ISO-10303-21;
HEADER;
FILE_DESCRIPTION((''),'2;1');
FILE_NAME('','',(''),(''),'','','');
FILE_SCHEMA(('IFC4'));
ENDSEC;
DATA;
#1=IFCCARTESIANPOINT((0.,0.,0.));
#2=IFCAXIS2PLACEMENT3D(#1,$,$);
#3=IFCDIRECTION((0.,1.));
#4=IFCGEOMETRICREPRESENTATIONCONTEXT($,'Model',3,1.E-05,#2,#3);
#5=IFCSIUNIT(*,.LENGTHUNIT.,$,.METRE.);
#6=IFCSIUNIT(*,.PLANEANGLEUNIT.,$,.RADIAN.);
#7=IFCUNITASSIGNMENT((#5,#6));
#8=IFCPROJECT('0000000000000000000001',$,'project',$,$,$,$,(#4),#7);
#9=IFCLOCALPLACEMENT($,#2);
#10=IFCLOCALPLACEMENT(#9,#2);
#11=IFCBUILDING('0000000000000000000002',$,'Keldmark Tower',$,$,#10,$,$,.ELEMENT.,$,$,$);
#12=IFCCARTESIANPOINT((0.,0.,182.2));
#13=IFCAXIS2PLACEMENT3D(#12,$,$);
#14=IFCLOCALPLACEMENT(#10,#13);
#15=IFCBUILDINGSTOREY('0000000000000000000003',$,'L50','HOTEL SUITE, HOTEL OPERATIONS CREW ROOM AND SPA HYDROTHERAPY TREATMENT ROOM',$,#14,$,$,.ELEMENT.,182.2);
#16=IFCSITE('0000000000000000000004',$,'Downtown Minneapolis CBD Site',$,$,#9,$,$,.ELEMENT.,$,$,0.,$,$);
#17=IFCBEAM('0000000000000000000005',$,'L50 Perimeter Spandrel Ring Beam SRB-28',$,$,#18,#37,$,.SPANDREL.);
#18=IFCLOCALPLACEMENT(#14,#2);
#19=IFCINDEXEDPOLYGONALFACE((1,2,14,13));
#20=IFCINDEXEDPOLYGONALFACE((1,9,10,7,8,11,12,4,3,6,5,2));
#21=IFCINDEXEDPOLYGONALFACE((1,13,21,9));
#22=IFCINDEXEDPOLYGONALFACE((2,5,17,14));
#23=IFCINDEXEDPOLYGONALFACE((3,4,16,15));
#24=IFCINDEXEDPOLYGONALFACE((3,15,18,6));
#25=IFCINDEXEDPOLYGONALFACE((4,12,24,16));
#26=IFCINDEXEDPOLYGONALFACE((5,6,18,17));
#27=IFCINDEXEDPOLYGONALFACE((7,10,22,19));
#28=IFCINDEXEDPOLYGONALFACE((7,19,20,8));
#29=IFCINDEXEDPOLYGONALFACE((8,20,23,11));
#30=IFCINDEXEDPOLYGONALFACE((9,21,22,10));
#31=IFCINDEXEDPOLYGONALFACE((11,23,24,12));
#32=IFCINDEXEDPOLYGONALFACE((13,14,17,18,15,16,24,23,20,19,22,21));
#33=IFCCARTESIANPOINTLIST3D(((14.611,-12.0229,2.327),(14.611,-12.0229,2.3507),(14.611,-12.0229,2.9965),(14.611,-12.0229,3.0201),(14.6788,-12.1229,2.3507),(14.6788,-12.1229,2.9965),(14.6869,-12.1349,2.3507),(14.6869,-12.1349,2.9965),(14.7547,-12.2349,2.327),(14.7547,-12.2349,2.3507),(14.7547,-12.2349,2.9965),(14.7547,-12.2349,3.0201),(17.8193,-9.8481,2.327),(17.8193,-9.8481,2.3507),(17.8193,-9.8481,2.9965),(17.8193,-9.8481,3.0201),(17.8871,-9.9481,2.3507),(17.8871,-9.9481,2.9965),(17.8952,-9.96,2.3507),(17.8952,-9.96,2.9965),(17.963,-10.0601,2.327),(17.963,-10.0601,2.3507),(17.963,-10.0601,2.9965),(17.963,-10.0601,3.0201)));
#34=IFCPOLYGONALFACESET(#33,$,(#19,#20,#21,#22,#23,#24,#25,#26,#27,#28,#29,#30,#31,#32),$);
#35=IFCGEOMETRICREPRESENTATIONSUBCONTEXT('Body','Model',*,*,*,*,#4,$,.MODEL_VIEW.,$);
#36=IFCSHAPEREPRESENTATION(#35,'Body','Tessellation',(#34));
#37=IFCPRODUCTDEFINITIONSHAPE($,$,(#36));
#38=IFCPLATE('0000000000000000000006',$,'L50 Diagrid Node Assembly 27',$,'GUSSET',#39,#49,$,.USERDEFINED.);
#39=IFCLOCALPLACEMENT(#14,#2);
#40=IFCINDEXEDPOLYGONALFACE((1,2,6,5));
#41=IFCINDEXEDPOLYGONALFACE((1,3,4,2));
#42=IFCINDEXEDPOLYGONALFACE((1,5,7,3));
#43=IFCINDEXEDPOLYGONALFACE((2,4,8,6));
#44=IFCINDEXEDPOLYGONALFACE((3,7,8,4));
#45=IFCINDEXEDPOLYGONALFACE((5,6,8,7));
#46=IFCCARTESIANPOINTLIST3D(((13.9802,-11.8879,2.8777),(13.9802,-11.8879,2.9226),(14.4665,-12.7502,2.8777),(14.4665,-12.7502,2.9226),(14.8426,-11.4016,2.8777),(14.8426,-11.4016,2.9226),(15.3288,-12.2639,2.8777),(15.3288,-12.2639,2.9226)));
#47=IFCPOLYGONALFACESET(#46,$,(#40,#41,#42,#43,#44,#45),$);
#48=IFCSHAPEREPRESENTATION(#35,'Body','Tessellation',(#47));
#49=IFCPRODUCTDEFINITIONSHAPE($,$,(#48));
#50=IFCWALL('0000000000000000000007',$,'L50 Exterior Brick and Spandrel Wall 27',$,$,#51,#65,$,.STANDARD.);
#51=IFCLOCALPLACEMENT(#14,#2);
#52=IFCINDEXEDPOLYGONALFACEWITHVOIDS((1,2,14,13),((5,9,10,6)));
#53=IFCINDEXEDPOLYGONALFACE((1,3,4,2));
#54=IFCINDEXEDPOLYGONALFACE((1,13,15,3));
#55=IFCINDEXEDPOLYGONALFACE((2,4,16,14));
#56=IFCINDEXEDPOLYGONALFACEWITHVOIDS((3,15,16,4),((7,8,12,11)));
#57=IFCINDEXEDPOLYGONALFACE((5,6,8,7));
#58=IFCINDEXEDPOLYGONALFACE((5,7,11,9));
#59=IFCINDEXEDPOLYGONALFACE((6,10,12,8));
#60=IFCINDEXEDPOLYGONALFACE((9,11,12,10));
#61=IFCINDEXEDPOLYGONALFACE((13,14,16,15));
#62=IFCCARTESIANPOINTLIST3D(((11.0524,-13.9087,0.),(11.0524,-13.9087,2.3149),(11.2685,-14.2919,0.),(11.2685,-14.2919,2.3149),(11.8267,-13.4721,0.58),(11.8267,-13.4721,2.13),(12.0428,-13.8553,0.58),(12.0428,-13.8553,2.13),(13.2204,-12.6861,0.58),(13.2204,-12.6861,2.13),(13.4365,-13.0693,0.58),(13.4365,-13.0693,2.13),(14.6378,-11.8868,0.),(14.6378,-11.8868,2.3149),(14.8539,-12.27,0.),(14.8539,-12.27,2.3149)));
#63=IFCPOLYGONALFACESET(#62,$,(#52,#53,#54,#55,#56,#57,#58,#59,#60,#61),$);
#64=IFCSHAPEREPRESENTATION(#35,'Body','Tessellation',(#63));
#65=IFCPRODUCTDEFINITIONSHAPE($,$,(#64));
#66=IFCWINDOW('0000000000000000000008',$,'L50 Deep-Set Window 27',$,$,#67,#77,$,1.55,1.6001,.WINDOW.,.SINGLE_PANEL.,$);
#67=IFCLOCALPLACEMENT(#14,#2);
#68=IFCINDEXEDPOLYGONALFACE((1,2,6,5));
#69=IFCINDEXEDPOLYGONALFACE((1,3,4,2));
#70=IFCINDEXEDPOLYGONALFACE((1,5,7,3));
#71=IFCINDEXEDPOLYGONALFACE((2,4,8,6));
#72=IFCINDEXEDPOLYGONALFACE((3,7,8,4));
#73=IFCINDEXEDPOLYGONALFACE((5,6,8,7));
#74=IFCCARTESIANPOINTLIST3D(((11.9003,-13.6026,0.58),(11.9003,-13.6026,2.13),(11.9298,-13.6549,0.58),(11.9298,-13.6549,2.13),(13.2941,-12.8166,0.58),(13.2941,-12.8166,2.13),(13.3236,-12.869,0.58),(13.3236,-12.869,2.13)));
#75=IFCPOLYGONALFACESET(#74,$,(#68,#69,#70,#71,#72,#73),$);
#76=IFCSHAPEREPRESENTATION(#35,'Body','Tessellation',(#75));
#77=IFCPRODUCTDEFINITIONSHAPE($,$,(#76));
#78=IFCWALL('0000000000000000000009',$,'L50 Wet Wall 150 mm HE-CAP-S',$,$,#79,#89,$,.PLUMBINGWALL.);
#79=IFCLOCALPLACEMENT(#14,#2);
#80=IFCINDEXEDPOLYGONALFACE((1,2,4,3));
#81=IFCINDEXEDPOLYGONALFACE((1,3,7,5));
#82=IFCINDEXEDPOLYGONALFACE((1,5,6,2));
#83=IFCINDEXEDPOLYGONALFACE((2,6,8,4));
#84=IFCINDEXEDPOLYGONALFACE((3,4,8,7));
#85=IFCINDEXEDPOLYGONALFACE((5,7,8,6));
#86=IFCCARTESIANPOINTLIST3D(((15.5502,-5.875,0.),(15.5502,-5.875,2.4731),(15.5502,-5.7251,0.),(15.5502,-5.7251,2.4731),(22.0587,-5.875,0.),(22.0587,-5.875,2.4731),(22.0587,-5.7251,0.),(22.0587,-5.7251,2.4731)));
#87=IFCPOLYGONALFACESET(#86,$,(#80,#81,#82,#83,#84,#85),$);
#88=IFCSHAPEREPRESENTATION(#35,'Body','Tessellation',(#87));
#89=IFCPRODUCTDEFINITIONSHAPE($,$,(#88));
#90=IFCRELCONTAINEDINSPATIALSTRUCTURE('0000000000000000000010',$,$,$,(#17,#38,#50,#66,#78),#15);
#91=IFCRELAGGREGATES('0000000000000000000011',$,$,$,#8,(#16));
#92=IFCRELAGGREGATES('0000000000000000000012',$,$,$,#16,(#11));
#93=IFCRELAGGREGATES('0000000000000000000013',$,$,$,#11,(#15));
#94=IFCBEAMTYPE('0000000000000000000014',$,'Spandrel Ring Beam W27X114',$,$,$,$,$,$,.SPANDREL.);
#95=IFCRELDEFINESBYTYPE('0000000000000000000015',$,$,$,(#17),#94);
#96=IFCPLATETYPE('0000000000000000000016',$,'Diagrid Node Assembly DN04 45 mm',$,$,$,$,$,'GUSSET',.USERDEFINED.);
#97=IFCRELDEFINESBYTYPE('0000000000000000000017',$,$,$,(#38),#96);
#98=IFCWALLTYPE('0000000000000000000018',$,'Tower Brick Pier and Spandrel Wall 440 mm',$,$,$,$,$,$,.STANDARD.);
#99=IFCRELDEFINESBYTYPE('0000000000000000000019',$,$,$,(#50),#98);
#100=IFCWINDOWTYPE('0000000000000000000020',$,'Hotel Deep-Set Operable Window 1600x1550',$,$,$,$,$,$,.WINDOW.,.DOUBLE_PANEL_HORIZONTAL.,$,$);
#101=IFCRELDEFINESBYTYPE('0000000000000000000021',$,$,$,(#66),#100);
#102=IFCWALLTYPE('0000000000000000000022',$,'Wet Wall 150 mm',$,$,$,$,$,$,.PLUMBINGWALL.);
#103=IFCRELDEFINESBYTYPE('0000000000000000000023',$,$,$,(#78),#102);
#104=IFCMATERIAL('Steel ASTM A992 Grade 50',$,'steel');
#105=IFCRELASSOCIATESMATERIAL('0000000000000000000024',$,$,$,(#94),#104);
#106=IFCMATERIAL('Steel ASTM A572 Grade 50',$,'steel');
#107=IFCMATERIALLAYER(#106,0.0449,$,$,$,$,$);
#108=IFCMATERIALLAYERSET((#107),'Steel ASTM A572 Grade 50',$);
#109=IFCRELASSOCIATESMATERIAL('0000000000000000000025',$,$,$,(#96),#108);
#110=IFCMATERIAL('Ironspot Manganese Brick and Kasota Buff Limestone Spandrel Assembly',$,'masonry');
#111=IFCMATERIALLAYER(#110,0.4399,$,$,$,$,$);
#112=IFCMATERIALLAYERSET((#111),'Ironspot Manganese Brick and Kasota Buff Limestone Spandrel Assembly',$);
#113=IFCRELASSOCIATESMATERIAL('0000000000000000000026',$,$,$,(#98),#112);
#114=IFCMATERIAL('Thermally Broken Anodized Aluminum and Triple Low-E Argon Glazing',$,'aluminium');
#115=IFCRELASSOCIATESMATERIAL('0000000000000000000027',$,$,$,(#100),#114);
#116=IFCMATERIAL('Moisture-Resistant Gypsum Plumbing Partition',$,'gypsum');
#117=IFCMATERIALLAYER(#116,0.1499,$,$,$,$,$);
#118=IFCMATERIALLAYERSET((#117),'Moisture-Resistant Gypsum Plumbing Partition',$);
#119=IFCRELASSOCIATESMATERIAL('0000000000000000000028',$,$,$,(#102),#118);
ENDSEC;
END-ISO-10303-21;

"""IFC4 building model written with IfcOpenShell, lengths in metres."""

from ifc_helpers import new_model, si_unit, direction, frame, frame_2d, origin, origin_2d, place, context, subcontext, project, spatial, rectangle, i_section, extrude, material, layer, layer_set, material_profile, profile_set, type_object, element, fill, save


model = new_model("IFC4")

# Units and contexts
model_context = context("Model", 3, precision=1e-05, world=origin(), true_north=direction((0.0, 1.0)))
body_context = subcontext(model_context, "Body", "Model", "MODEL_VIEW")
ifc_project = project(units=[si_unit("LENGTHUNIT", "METRE"), si_unit("PLANEANGLEUNIT", "RADIAN")], contexts=[model_context])

# Site, building, storey
site_placement = place(None, origin())
site = spatial("IfcSite", under=ifc_project, at=site_placement, Name="Downtown Minneapolis CBD Site", CompositionType="ELEMENT", RefElevation=0.0)
building_placement = place(site_placement, origin())
building = spatial("IfcBuilding", under=site, at=building_placement, Name="Keldmark Tower", CompositionType="ELEMENT")
storey_placement = place(building_placement, frame((0.0, 0.0, 182.2)))
storey = spatial("IfcBuildingStorey", under=building, at=storey_placement, Name="L50", Description="HOTEL SUITE, HOTEL OPERATIONS CREW ROOM AND SPA HYDROTHERAPY TREATMENT ROOM", CompositionType="ELEMENT", Elevation=182.2)

# Beam
ifc_material_1 = material(Name="Steel ASTM A992 Grade 50", Category="steel")
ifc_material_profile_1 = material_profile(ifc_material_1, i_section(OverallWidth=0.2561, OverallDepth=0.6931, WebThickness=0.0144, FlangeThickness=0.0237, at=origin_2d()), Name="W27X114")
ifc_profile_set_1 = profile_set([ifc_material_profile_1], Name="Steel ASTM A992 Grade 50")
beam_type_1 = type_object("IfcBeamType", Name="Spandrel Ring Beam W27X114", PredefinedType="SPANDREL", material=ifc_profile_set_1)
beam_1_placement = place(storey_placement, frame((14.6829, -12.1289, 2.6736), z_axis=(0.827742, 0.561109, 0.0), x_axis=(-0.561109, 0.827742, 0.0)))
element("IfcBeam", 1, at=beam_1_placement, inside=storey, type_object=beam_type_1, Name="L50 Perimeter Spandrel Ring Beam SRB-28", PredefinedType="SPANDREL", context=body_context, shape_type="SweptSolid", body=[
    extrude(i_section(OverallWidth=0.2561, OverallDepth=0.6931, WebThickness=0.0144, FlangeThickness=0.0237, at=origin_2d()), origin(), (0.0, 0.0, 1.0), 3.876),
])

# Plate
ifc_material_2 = material(Name="Steel ASTM A572 Grade 50", Category="steel")
ifc_layer_1 = layer(ifc_material_2, 0.0449)
ifc_layer_set_1 = layer_set([ifc_layer_1], Name="Steel ASTM A572 Grade 50")
plate_type = type_object("IfcPlateType", Name="Diagrid Node Assembly DN04 45 mm", ElementType="GUSSET", PredefinedType="USERDEFINED", material=ifc_layer_set_1)
plate_placement = place(storey_placement, frame((14.6545, -12.0759, 2.8777), z_axis=(0.0, 0.0, 1.0), x_axis=(0.871042, 0.491208, 0.0)))
element("IfcPlate", 2, at=plate_placement, inside=storey, type_object=plate_type, Name="L50 Diagrid Node Assembly 27", ObjectType="GUSSET", PredefinedType="USERDEFINED", context=body_context, shape_type="SweptSolid", body=[
    extrude(rectangle(XDim=0.99, YDim=0.99, at=origin_2d()), origin(), (0.0, 0.0, 1.0), 0.0449),
])

# Wall, opening, window
ifc_material_3 = material(Name="Ironspot Manganese Brick and Kasota Buff Limestone Spandrel Assembly", Category="masonry")
ifc_layer_2 = layer(ifc_material_3, 0.4399)
ifc_layer_set_2 = layer_set([ifc_layer_2], Name="Ironspot Manganese Brick and Kasota Buff Limestone Spandrel Assembly")
wall_type_1 = type_object("IfcWallType", Name="Tower Brick Pier and Spandrel Wall 440 mm", PredefinedType="STANDARD", material=ifc_layer_set_2)
wall_1_placement = place(storey_placement, frame((14.7458, -12.0784, 0.0), z_axis=(0.0, 0.0, 1.0), x_axis=(-0.87104, -0.491213, 0.0)))
wall_1 = element("IfcWall", 3, at=wall_1_placement, inside=storey, type_object=wall_type_1, Name="L50 Exterior Brick and Spandrel Wall 27", PredefinedType="STANDARD", context=body_context, shape_type="SweptSolid", body=[
    extrude(rectangle(XDim=4.1162, YDim=0.4399, at=frame_2d((2.0581, 0.0))), origin(), (0.0, 0.0, 1.0), 2.3149),
])
opening_1_placement = place(wall_1_placement, frame((1.6272, 0.0, 0.5801)))
opening_1 = element("IfcOpeningElement", 4, at=opening_1_placement, cuts=wall_1, PredefinedType="OPENING", context=body_context, shape_type="SweptSolid", body=[
    extrude(rectangle(XDim=1.6001, YDim=1.55, at=frame_2d((0.8, 0.7749))), frame((0.0, 0.23, 0.0), z_axis=(0.0, -1.0, 0.0), x_axis=(1.0, 0.0, 0.0)), (0.0, 0.0, 1.0), 0.46),
])
ifc_material_4 = material(Name="Thermally Broken Anodized Aluminum and Triple Low-E Argon Glazing", Category="aluminium")
window_type = type_object("IfcWindowType", Name="Hotel Deep-Set Operable Window 1600x1550", PartitioningType="DOUBLE_PANEL_HORIZONTAL", PredefinedType="WINDOW", material=ifc_material_4)
window_placement = place(opening_1_placement, origin())
window = element("IfcWindow", 5, at=window_placement, inside=storey, type_object=window_type, Name="L50 Deep-Set Window 27", OverallHeight=1.55, OverallWidth=1.6001, PartitioningType="SINGLE_PANEL", PredefinedType="WINDOW", context=body_context, shape_type="SweptSolid", body=[
    extrude(rectangle(XDim=1.6001, YDim=1.55, at=frame_2d((0.8, 0.7749))), frame((0.0, -0.01, 0.0), z_axis=(0.0, -1.0, 0.0), x_axis=(1.0, 0.0, 0.0)), (0.0, 0.0, 1.0), 0.0601),
])
fill(opening_1, window)

# Wall
ifc_material_5 = material(Name="Moisture-Resistant Gypsum Plumbing Partition", Category="gypsum")
ifc_layer_3 = layer(ifc_material_5, 0.1499)
ifc_layer_set_3 = layer_set([ifc_layer_3], Name="Moisture-Resistant Gypsum Plumbing Partition")
wall_type_2 = type_object("IfcWallType", Name="Wet Wall 150 mm", PredefinedType="PLUMBINGWALL", material=ifc_layer_set_3)
wall_2_placement = place(storey_placement, frame((15.55, -5.8, 0.0), z_axis=(0.0, 0.0, 1.0), x_axis=(1.0, 0.0, 0.0)))
element("IfcWall", 6, at=wall_2_placement, inside=storey, type_object=wall_type_2, Name="L50 Wet Wall 150 mm HE-CAP-S", PredefinedType="PLUMBINGWALL", context=body_context, shape_type="SweptSolid", body=[
    extrude(rectangle(XDim=6.5085, YDim=0.1499, at=frame_2d((3.2544, 0.0))), origin(), (0.0, 0.0, 1.0), 2.4731),
])

save(model, "model.ifc")
